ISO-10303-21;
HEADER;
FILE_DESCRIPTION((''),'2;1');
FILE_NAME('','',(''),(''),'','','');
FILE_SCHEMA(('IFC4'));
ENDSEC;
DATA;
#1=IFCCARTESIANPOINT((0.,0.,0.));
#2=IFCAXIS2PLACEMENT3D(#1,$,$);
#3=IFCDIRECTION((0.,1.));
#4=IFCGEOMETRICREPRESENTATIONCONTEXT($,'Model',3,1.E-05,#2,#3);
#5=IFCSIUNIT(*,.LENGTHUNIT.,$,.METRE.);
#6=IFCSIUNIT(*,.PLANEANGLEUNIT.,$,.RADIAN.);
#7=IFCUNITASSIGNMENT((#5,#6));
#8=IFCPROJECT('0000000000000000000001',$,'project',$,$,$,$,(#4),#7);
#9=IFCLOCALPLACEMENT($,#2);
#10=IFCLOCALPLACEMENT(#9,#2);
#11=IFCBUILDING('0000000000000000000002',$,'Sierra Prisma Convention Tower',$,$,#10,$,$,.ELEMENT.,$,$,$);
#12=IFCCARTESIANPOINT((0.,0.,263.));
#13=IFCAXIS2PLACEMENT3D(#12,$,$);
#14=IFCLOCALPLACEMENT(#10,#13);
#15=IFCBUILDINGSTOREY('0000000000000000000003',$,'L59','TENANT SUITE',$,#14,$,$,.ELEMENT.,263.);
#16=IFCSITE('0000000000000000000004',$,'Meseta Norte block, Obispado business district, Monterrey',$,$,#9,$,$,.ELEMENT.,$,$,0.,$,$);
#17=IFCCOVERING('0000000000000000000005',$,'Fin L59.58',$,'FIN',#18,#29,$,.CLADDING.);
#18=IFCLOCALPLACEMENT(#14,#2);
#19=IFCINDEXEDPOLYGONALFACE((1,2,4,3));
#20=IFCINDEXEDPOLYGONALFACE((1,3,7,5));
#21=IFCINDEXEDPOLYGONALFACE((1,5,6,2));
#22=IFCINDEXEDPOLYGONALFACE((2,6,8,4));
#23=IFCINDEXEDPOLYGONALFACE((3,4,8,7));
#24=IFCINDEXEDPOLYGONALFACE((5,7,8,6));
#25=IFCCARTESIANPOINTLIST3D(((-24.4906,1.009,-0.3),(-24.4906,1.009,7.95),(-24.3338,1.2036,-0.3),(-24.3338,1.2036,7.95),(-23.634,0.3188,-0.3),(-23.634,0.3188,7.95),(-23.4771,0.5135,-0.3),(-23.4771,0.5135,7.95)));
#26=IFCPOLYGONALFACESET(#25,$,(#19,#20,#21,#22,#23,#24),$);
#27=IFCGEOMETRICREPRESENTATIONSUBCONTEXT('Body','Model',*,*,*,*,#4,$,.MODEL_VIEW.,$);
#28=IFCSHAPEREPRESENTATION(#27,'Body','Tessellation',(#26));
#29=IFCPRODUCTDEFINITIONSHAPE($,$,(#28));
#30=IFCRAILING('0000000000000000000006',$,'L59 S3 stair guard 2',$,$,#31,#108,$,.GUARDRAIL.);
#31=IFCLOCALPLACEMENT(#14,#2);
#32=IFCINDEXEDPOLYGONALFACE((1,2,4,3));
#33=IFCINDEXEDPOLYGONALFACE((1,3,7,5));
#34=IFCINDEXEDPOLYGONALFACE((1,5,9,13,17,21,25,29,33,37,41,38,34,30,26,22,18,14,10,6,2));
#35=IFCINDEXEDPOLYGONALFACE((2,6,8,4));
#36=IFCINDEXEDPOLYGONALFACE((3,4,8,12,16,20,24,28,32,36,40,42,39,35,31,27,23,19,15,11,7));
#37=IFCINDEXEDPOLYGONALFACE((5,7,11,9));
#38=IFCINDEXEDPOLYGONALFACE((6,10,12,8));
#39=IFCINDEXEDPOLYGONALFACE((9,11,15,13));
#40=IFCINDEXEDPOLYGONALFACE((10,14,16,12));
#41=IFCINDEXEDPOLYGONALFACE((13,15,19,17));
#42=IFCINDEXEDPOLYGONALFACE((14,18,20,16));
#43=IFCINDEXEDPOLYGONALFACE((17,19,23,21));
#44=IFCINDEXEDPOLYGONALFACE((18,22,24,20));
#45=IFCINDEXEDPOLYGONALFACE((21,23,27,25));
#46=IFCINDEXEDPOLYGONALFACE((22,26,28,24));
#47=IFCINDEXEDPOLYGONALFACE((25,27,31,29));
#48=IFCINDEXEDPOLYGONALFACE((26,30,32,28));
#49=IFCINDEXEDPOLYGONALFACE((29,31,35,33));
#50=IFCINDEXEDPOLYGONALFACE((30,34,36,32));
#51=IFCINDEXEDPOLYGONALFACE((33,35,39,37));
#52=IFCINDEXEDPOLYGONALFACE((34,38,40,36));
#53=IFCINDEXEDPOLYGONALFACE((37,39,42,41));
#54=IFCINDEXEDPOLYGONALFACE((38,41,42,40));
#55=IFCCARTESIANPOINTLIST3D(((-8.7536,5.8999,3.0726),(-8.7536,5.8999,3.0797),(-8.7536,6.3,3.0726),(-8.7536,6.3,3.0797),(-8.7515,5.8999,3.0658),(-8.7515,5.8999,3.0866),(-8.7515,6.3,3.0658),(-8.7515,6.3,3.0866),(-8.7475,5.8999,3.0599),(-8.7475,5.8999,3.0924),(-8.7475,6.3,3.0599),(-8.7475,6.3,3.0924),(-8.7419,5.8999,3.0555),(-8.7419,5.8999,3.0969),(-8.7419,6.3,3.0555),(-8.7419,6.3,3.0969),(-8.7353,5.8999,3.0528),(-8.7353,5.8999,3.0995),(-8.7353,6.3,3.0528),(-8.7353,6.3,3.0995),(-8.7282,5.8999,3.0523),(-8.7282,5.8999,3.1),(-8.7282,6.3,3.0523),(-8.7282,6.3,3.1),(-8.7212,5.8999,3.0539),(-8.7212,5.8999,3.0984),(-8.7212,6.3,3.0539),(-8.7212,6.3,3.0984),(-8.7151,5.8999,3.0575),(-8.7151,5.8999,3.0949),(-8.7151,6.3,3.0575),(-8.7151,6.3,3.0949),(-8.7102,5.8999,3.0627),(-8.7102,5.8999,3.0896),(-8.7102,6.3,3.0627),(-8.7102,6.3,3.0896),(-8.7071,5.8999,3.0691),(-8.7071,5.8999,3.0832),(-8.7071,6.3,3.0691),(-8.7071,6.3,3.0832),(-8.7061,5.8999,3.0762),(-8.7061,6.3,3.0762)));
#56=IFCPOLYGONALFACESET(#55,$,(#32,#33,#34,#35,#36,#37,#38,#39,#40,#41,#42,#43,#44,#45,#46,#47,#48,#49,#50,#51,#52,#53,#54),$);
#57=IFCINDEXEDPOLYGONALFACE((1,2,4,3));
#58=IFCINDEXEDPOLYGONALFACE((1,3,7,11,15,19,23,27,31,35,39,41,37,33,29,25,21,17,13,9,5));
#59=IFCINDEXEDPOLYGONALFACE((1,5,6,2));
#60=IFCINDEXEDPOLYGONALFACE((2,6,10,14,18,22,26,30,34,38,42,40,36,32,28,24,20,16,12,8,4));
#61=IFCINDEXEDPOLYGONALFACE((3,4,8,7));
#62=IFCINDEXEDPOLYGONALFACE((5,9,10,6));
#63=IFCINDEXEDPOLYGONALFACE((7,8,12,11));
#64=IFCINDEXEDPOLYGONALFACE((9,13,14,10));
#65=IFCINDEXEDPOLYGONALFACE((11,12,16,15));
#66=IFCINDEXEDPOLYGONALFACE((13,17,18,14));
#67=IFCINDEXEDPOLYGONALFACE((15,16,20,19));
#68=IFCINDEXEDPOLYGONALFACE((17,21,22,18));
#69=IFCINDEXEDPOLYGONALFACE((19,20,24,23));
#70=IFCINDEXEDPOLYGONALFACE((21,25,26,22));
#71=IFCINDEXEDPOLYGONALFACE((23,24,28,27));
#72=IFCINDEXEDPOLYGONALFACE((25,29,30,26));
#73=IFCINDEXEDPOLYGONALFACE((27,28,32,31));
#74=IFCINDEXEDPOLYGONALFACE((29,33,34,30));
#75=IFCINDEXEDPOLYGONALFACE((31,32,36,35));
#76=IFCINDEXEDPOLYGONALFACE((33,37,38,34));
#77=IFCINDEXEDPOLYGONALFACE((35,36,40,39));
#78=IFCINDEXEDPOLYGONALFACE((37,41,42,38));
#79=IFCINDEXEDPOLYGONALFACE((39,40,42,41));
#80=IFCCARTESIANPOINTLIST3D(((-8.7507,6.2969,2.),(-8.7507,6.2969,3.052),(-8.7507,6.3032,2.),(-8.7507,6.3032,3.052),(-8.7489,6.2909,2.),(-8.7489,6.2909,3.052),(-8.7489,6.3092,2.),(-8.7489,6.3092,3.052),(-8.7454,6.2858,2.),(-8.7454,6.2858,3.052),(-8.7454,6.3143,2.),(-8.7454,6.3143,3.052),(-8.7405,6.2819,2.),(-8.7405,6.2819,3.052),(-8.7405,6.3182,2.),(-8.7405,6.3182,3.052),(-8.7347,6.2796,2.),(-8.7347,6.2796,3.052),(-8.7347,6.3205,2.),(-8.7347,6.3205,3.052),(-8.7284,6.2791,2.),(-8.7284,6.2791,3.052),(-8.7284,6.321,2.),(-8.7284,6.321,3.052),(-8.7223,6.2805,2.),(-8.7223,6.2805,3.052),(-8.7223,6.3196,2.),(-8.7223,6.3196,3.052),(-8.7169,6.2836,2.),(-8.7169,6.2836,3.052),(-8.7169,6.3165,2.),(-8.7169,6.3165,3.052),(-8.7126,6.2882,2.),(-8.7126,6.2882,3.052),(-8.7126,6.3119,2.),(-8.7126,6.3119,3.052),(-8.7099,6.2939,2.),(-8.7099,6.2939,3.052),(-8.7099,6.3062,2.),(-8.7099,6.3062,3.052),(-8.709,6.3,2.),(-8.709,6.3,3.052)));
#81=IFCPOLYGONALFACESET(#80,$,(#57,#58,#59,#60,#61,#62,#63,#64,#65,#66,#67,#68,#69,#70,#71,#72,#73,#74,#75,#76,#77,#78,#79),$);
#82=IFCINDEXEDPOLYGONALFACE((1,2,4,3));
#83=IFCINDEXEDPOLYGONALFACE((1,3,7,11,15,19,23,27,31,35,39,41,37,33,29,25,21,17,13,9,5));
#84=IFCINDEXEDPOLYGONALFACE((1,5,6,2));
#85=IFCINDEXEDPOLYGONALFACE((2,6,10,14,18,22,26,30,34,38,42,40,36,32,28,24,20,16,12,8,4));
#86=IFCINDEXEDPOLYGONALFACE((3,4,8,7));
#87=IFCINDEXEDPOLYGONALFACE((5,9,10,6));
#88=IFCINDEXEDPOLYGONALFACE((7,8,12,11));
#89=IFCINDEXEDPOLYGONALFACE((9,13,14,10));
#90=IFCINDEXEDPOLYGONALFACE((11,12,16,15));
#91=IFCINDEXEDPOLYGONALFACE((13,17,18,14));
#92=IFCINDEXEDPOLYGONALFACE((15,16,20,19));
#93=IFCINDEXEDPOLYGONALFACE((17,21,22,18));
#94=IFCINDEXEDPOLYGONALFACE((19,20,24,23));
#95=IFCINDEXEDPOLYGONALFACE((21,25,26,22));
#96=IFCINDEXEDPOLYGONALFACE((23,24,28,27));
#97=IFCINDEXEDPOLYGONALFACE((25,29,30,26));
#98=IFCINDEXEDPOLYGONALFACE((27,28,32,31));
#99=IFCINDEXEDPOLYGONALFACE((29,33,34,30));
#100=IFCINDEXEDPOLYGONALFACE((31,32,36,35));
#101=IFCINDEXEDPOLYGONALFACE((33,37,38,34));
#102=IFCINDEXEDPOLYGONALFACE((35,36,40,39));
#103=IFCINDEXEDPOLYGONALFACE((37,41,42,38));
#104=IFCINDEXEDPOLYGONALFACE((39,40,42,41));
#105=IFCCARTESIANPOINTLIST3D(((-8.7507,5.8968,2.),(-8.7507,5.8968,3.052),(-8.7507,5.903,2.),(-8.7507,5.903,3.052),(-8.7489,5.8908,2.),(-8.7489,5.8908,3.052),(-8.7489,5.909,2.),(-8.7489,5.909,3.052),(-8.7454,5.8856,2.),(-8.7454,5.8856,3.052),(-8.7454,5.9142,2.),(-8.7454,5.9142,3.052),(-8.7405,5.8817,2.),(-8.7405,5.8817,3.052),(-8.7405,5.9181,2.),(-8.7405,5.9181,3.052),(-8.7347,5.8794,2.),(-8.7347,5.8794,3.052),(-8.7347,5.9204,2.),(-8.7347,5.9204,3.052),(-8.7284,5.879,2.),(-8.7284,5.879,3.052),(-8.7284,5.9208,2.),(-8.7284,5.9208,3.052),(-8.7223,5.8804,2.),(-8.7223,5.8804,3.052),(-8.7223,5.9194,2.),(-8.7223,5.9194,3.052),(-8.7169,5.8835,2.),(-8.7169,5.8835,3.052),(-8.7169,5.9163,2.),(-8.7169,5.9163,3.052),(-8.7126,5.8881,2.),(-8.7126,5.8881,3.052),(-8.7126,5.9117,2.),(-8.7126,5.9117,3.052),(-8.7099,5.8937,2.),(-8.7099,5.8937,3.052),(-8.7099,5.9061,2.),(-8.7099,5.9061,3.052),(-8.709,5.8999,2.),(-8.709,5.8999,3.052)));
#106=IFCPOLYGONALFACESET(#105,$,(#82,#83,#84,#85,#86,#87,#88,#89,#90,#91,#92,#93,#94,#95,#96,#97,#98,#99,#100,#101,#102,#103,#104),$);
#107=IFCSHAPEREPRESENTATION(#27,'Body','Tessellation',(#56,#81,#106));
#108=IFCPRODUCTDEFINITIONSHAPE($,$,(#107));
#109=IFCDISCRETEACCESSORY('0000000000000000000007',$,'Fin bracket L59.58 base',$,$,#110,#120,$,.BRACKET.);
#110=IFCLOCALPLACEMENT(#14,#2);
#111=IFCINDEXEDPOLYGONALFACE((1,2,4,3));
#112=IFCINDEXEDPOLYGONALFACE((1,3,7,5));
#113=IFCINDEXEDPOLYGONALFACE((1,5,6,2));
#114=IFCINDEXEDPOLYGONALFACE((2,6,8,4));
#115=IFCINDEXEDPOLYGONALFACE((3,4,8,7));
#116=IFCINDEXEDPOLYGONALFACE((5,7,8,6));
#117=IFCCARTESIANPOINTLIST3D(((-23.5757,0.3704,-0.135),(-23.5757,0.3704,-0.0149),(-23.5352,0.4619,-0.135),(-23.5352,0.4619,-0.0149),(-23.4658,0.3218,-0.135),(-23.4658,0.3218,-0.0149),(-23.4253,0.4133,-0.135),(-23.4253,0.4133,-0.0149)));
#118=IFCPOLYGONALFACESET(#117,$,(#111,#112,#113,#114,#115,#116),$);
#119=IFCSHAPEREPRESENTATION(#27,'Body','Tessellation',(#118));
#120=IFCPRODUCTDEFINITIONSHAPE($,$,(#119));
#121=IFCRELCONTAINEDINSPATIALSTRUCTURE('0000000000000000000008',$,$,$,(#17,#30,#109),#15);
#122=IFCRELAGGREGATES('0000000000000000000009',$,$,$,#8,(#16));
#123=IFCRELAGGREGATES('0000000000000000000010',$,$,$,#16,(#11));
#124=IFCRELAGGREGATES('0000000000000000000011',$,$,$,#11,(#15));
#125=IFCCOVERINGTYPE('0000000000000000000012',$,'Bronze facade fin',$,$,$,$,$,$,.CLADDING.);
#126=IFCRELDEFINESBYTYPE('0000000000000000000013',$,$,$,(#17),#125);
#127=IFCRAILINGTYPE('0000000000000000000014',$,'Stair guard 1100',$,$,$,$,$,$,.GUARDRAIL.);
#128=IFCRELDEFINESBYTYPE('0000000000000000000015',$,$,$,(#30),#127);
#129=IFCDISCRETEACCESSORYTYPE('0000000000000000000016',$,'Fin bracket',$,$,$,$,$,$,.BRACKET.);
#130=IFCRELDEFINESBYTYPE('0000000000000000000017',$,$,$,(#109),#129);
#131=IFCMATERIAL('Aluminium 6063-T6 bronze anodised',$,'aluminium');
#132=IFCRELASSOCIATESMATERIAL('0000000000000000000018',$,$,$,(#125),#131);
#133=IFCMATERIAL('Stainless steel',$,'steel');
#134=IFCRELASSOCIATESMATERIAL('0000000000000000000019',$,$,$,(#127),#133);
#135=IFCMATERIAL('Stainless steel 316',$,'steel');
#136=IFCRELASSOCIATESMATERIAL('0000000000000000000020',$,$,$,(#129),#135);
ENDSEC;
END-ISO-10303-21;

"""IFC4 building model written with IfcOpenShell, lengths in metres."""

from ifc_helpers import new_model, si_unit, direction, frame, origin, origin_2d, place, context, subcontext, project, spatial, rectangle, circle, extrude, material, material_profile, profile_set, type_object, element, save


model = new_model("IFC4")

# Units and contexts
model_context = context("Model", 3, precision=1e-05, world=origin(), true_north=direction((0.0, 1.0)))
body_context = subcontext(model_context, "Body", "Model", "MODEL_VIEW")
ifc_project = project(units=[si_unit("LENGTHUNIT", "METRE"), si_unit("PLANEANGLEUNIT", "RADIAN")], contexts=[model_context])

# Site, building, storey
site_placement = place(None, origin())
site = spatial("IfcSite", under=ifc_project, at=site_placement, Name="Meseta Norte block, Obispado business district, Monterrey", CompositionType="ELEMENT", RefElevation=0.0)
building_placement = place(site_placement, origin())
building = spatial("IfcBuilding", under=site, at=building_placement, Name="Sierra Prisma Convention Tower", CompositionType="ELEMENT")
storey_placement = place(building_placement, frame((0.0, 0.0, 263.0)))
storey = spatial("IfcBuildingStorey", under=building, at=storey_placement, Name="L59", Description="TENANT SUITE", CompositionType="ELEMENT", Elevation=263.0)

# Covering
ifc_material_1 = material(Name="Aluminium 6063-T6 bronze anodised", Category="aluminium")
ifc_material_profile_1 = material_profile(ifc_material_1, rectangle(XDim=1.1001, YDim=0.25, at=origin_2d()), Name="ALU FIN 1100x250")
ifc_profile_set_1 = profile_set([ifc_material_profile_1], Name="Aluminium 6063-T6 bronze anodised")
covering_type = type_object("IfcCoveringType", Name="Bronze facade fin", PredefinedType="CLADDING", material=ifc_profile_set_1)
covering_placement = place(storey_placement, frame((-23.9839, 0.7612, -0.3), z_axis=(0.0, 0.0, 1.0), x_axis=(-0.778734, 0.627354, 0.0)))
element("IfcCovering", 1, at=covering_placement, inside=storey, type_object=covering_type, Name="Fin L59.58", ObjectType="FIN", PredefinedType="CLADDING", context=body_context, shape_type="SweptSolid", body=[
    extrude(rectangle(XDim=1.1001, YDim=0.25, at=origin_2d()), origin(), (0.0, 0.0, 1.0), 8.25),
])

# Railing
ifc_material_2 = material(Name="Stainless steel", Category="steel")
railing_type = type_object("IfcRailingType", Name="Stair guard 1100", PredefinedType="GUARDRAIL", material=ifc_material_2)
railing_placement = place(storey_placement, frame((-8.73, 6.3, 2.0)))
element("IfcRailing", 2, at=railing_placement, inside=storey, type_object=railing_type, Name="L59 S3 stair guard 2", PredefinedType="GUARDRAIL", context=body_context, shape_type="SweptSolid", body=[
    extrude(circle(Radius=0.0239, at=origin_2d()), frame((0.0, 0.0, 1.0762), z_axis=(0.0, -1.0, 0.0), x_axis=(1.0, 0.0, 0.0)), (0.0, 0.0, 1.0), 0.4001),
    extrude(circle(Radius=0.021, at=origin_2d()), origin(), (0.0, 0.0, 1.0), 1.052),
    extrude(circle(Radius=0.021, at=origin_2d()), frame((0.0, -0.4001, 0.0)), (0.0, 0.0, 1.0), 1.052),
])

# Discrete accessory
ifc_material_3 = material(Name="Stainless steel 316", Category="steel")
discrete_accessory_type = type_object("IfcDiscreteAccessoryType", Name="Fin bracket", PredefinedType="BRACKET", material=ifc_material_3)
discrete_accessory_placement = place(storey_placement, frame((-23.5005, 0.3918, -0.135), z_axis=(0.0, 0.0, 1.0), x_axis=(-0.914571, 0.404426, 0.0)))
element("IfcDiscreteAccessory", 3, at=discrete_accessory_placement, inside=storey, type_object=discrete_accessory_type, Name="Fin bracket L59.58 base", PredefinedType="BRACKET", context=body_context, shape_type="SweptSolid", body=[
    extrude(rectangle(XDim=0.1201, YDim=0.1001, at=origin_2d()), origin(), (0.0, 0.0, 1.0), 0.1201),
])

save(model, "model.ifc")
